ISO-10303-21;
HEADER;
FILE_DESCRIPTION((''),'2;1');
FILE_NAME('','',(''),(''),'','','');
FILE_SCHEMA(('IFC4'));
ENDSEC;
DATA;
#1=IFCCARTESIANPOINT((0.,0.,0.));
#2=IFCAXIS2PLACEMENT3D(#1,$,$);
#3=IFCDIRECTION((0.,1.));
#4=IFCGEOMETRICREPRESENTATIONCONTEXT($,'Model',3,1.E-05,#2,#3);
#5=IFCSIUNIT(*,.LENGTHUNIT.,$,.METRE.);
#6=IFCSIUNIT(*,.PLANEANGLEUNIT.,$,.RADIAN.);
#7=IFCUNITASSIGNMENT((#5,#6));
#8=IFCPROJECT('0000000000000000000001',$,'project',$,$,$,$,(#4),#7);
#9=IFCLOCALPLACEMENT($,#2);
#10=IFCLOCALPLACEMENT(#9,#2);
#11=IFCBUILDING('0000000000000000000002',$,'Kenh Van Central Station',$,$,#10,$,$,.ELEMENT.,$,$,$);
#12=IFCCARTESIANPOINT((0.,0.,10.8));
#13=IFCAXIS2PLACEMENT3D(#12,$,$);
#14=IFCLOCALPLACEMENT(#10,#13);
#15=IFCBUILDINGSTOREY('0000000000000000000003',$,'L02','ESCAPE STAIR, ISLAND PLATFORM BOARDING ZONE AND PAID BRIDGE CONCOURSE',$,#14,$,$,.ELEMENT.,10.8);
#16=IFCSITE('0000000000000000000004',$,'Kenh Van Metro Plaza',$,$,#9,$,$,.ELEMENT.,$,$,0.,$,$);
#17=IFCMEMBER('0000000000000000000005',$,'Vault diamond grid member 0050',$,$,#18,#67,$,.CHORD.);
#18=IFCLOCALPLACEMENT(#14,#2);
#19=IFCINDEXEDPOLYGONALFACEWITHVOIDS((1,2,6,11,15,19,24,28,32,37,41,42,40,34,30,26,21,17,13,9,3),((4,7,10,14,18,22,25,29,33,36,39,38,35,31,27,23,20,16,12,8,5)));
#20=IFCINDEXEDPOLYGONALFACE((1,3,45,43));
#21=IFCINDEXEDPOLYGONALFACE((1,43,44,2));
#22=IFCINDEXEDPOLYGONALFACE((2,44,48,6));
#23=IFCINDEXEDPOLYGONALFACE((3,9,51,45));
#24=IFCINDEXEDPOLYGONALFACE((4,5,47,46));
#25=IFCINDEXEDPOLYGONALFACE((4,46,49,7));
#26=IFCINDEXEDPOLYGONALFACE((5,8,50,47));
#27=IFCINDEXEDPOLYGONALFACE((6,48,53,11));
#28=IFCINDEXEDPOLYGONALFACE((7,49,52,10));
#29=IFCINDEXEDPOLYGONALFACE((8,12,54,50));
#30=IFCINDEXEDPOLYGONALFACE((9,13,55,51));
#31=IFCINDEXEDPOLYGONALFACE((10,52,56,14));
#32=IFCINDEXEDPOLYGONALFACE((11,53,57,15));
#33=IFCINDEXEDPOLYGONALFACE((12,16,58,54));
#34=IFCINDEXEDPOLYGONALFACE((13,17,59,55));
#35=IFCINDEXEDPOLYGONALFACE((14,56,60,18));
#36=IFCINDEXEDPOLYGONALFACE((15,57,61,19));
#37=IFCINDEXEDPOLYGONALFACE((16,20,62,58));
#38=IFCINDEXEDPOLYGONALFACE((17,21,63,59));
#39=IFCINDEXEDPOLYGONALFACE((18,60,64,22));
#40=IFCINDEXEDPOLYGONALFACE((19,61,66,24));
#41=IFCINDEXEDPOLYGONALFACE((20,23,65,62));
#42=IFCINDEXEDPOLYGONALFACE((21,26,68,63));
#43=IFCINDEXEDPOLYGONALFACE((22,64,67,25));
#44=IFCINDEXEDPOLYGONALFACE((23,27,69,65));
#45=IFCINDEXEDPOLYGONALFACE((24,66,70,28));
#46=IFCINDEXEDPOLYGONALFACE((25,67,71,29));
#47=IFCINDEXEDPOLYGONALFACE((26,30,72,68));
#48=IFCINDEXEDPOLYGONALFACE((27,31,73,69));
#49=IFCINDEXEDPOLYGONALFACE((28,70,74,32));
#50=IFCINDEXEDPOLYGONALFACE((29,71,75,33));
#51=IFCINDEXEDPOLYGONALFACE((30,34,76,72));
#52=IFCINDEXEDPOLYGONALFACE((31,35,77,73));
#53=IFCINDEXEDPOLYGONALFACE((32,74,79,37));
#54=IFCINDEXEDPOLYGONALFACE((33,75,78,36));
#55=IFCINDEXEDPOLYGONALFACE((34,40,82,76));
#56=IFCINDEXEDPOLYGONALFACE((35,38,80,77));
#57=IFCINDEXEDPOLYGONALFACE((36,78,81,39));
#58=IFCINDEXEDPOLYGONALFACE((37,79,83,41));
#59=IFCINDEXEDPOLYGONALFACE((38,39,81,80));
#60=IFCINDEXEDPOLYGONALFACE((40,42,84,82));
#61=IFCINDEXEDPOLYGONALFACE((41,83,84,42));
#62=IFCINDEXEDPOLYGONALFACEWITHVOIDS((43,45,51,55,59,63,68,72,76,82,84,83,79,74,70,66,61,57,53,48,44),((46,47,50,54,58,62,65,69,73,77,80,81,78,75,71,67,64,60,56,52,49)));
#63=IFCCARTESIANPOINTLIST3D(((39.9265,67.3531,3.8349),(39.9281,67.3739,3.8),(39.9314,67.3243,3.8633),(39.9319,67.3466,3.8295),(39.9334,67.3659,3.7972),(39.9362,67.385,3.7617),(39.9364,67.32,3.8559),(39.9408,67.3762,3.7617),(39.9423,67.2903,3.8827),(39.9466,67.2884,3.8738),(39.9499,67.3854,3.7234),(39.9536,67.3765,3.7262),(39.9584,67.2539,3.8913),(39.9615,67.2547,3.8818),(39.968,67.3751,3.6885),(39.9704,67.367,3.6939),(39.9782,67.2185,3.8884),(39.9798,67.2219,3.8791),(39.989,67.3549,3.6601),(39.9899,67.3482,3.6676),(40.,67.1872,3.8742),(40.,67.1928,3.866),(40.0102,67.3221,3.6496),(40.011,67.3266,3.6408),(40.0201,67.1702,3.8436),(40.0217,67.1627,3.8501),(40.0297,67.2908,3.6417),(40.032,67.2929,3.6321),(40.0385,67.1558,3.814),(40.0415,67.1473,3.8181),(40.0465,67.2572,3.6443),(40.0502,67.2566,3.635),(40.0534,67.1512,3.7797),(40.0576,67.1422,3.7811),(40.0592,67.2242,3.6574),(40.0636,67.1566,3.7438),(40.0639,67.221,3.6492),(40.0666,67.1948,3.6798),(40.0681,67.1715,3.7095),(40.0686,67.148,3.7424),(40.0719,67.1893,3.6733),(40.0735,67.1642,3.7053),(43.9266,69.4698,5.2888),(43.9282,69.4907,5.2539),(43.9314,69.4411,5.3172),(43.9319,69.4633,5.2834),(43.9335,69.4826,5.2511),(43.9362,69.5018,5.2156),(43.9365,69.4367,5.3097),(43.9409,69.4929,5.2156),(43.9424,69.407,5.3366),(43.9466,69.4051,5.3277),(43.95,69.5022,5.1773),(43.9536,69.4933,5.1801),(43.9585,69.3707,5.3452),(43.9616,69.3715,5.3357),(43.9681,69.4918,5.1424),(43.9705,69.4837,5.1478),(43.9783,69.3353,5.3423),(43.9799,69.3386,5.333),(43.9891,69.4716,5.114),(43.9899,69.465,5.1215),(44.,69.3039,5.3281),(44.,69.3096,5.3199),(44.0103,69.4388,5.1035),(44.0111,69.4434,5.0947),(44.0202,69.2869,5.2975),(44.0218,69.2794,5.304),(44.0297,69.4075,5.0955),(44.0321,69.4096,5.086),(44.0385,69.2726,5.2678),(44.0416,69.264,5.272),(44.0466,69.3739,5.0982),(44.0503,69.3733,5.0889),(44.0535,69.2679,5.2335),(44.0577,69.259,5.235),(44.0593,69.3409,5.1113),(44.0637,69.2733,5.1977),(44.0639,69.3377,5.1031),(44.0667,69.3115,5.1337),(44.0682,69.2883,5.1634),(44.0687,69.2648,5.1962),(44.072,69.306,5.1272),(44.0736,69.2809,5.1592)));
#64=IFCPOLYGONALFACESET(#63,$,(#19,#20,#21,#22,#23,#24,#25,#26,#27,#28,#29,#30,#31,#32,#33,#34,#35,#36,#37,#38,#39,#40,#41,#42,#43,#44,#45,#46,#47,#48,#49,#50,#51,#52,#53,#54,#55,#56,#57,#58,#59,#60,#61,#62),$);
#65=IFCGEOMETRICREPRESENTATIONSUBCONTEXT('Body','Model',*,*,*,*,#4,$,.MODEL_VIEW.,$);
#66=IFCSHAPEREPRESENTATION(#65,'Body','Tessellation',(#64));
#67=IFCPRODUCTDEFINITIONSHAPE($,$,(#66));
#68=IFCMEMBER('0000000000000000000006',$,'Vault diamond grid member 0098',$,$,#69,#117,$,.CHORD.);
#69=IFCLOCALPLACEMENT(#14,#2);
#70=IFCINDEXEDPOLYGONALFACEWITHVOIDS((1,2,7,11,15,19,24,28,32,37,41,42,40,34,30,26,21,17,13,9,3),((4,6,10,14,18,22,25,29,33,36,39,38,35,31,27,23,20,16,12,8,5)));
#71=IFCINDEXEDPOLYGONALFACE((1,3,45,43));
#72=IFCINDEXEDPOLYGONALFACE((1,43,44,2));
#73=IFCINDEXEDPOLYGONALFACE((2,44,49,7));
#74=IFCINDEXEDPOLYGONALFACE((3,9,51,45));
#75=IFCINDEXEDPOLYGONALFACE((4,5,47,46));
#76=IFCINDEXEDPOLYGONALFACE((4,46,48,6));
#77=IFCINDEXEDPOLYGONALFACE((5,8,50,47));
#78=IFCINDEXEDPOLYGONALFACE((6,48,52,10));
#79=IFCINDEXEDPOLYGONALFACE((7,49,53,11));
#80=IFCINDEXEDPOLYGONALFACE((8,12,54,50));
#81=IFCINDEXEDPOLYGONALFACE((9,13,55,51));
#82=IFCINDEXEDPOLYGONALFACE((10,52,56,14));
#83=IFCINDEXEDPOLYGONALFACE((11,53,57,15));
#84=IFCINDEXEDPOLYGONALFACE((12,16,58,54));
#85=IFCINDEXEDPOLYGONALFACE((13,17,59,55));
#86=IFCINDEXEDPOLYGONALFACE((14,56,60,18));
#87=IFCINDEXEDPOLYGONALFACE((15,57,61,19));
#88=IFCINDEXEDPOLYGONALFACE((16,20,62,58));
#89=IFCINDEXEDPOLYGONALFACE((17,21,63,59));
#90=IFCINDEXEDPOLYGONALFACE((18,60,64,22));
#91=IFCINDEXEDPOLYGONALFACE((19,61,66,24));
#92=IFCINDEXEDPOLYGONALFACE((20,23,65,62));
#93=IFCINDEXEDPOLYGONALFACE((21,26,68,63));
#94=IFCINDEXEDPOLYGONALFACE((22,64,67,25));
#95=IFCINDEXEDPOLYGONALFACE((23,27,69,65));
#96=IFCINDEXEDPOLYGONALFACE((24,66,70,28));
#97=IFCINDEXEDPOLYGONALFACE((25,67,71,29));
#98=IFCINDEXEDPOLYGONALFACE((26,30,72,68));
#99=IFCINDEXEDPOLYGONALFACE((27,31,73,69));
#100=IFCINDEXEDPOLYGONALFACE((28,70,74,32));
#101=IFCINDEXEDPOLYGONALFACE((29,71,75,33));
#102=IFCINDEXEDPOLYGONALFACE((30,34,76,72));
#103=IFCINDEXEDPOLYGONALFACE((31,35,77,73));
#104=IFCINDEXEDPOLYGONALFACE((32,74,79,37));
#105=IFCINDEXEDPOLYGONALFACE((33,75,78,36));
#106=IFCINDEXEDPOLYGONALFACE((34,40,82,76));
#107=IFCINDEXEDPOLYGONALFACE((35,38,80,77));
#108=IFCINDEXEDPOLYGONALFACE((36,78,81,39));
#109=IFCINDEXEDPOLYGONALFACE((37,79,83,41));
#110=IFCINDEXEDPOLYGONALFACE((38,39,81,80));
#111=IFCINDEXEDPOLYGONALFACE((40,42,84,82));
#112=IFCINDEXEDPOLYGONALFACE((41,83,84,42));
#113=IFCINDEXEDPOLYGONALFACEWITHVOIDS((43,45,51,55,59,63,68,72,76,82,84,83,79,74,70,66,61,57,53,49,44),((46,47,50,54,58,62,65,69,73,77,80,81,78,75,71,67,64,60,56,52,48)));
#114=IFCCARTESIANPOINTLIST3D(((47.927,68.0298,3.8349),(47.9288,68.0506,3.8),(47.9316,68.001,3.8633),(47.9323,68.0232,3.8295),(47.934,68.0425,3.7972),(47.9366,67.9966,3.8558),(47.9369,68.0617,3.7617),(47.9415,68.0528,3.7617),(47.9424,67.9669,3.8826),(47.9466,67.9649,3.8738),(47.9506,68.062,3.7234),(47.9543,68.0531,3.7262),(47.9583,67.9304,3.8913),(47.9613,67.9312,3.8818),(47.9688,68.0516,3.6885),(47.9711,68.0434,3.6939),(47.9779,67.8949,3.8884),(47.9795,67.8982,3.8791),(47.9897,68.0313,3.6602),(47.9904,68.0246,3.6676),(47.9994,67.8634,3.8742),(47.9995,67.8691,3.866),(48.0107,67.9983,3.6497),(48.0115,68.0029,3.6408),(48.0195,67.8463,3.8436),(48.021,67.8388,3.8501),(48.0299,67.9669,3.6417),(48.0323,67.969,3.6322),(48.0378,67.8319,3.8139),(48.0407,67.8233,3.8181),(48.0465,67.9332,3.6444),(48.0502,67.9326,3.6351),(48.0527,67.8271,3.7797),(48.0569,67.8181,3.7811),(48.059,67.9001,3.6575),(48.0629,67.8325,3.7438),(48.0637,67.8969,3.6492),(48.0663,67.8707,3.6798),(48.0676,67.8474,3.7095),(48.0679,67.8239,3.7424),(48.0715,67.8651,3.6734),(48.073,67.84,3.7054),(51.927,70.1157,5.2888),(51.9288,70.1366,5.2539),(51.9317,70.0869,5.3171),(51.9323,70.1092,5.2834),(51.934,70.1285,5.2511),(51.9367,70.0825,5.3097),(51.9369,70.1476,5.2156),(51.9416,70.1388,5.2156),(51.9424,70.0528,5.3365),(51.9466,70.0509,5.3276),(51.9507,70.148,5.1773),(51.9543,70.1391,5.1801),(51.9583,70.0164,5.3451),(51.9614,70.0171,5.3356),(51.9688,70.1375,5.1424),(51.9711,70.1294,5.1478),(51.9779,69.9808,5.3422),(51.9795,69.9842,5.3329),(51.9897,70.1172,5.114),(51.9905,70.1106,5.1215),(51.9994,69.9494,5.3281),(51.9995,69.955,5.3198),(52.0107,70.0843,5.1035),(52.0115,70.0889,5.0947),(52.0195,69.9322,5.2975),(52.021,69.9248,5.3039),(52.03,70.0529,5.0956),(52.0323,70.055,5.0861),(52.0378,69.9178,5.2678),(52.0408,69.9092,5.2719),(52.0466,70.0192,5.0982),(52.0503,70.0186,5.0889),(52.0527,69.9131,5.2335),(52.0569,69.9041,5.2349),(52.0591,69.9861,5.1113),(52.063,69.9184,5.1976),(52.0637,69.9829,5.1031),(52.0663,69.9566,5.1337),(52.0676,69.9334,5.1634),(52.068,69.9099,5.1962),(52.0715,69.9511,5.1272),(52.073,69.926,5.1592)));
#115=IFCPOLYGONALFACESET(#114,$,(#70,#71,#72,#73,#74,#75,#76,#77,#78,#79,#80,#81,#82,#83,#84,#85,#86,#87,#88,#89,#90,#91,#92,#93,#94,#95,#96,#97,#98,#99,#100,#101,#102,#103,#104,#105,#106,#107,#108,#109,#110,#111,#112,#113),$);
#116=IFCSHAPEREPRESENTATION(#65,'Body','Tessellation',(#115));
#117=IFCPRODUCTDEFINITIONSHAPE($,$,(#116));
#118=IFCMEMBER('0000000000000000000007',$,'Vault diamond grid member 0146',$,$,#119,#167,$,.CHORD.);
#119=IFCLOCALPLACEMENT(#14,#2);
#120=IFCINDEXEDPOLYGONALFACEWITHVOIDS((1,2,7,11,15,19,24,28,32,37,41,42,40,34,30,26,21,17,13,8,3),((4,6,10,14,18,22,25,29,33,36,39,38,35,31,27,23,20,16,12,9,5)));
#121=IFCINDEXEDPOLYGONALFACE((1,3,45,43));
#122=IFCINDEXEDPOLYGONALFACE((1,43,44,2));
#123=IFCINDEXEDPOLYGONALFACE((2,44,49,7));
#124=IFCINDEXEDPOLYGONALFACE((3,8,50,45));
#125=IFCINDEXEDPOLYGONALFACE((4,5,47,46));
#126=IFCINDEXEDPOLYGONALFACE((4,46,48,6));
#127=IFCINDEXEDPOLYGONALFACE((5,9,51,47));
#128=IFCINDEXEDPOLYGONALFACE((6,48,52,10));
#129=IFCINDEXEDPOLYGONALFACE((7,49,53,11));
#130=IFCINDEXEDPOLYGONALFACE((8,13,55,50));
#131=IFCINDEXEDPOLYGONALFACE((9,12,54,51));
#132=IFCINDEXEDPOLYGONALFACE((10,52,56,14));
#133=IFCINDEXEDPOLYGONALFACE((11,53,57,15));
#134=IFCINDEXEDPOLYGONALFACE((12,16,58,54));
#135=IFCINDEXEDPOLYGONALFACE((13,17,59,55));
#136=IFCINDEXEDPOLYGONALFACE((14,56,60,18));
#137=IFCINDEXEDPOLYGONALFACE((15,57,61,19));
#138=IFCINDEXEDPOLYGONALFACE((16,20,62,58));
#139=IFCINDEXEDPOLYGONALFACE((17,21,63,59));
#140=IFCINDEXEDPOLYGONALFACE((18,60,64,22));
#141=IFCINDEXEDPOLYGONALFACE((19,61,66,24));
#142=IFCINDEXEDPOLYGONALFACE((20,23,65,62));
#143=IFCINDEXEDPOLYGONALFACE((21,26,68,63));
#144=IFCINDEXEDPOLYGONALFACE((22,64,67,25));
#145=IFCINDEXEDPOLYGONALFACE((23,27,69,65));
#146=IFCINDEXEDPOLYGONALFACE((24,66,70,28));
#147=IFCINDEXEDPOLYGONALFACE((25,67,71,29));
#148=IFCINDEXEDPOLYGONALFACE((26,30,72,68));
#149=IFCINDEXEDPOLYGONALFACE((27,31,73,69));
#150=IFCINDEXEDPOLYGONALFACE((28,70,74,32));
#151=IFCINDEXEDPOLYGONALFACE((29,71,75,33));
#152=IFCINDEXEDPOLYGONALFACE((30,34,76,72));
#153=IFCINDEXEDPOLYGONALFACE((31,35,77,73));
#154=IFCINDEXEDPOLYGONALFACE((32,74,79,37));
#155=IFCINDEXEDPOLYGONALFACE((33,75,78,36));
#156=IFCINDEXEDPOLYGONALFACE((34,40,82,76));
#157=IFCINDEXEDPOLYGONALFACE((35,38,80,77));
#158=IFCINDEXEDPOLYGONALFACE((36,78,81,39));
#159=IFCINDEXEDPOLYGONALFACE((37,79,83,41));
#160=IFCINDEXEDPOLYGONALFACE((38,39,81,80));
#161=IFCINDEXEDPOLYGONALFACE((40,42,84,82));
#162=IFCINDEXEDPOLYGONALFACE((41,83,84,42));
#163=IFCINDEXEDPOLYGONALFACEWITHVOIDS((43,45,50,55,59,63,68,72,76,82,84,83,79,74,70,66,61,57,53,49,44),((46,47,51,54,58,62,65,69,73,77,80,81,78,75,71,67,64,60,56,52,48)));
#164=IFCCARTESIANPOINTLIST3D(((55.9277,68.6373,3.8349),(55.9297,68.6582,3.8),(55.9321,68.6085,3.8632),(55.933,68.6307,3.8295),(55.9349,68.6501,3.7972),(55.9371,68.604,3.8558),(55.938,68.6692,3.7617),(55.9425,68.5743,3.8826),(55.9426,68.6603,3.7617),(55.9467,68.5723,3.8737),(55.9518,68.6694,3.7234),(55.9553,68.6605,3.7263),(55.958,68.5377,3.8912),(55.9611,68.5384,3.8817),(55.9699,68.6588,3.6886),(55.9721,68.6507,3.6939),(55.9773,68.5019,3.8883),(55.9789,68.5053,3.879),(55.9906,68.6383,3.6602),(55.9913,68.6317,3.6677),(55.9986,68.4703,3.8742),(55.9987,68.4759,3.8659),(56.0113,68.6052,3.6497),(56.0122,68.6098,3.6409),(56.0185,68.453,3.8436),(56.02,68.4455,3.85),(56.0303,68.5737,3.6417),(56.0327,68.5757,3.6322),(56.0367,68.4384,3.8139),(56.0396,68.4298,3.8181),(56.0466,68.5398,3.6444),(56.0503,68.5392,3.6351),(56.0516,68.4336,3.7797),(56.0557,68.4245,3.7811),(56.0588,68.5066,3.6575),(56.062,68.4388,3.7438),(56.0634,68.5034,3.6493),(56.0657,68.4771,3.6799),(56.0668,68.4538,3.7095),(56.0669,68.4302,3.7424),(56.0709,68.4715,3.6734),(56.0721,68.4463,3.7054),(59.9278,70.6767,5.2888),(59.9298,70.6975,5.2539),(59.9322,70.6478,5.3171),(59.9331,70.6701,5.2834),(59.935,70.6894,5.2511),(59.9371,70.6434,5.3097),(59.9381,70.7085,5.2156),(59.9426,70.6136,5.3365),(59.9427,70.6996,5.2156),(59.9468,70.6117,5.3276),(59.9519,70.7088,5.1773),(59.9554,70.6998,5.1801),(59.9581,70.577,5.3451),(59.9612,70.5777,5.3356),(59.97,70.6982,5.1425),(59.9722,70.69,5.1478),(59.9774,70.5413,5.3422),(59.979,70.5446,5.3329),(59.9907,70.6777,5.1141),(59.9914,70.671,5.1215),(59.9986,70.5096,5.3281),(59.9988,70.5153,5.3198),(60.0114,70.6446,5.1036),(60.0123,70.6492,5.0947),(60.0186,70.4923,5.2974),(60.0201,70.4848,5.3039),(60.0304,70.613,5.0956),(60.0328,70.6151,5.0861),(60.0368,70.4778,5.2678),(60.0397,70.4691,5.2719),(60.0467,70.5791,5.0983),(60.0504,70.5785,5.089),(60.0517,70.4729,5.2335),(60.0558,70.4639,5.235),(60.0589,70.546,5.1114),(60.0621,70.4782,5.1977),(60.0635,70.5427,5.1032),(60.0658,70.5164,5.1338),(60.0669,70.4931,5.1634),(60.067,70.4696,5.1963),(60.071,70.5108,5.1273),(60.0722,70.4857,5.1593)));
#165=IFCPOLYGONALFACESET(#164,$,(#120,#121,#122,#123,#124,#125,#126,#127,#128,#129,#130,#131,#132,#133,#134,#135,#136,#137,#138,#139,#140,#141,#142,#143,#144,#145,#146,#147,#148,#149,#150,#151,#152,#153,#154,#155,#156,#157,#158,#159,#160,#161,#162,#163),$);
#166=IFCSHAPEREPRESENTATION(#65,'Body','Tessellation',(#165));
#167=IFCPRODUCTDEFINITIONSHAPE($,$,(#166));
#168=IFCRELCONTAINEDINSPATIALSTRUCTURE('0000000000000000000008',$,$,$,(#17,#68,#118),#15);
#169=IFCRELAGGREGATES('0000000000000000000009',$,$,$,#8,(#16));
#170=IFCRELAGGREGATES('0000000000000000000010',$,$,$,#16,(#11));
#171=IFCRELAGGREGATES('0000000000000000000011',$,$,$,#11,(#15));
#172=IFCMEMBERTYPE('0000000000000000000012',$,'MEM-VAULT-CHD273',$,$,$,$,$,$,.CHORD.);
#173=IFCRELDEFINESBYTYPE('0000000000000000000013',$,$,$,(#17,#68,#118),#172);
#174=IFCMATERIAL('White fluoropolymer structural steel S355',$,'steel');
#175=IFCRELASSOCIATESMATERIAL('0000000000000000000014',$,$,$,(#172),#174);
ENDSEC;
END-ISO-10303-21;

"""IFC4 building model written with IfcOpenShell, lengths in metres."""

from ifc_helpers import new_model, si_unit, direction, frame, origin, origin_2d, place, context, subcontext, project, spatial, hollow_circle, extrude, material, material_profile, profile_set, type_object, element, save


model = new_model("IFC4")

# Units and contexts
model_context = context("Model", 3, precision=1e-05, world=origin(), true_north=direction((0.0, 1.0)))
body_context = subcontext(model_context, "Body", "Model", "MODEL_VIEW")
ifc_project = project(units=[si_unit("LENGTHUNIT", "METRE"), si_unit("PLANEANGLEUNIT", "RADIAN")], contexts=[model_context])

# Site, building, storey
site_placement = place(None, origin())
site = spatial("IfcSite", under=ifc_project, at=site_placement, Name="Kenh Van Metro Plaza", CompositionType="ELEMENT", RefElevation=0.0)
building_placement = place(site_placement, origin())
building = spatial("IfcBuilding", under=site, at=building_placement, Name="Kenh Van Central Station", CompositionType="ELEMENT")
storey_placement = place(building_placement, frame((0.0, 0.0, 10.8)))
storey = spatial("IfcBuildingStorey", under=building, at=storey_placement, Name="L02", Description="ESCAPE STAIR, ISLAND PLATFORM BOARDING ZONE AND PAID BRIDGE CONCOURSE", CompositionType="ELEMENT", Elevation=10.8)

# Shared definitions
ifc_material_1 = material(Name="White fluoropolymer structural steel S355", Category="steel")

# Members
ifc_material_profile_1 = material_profile(ifc_material_1, hollow_circle(Radius=0.1365, WallThickness=0.01, at=origin_2d()), Name="CHS 273x10")
ifc_profile_set_1 = profile_set([ifc_material_profile_1], Name="White fluoropolymer structural steel S355")
member_type_1 = type_object("IfcMemberType", Name="MEM-VAULT-CHD273", PredefinedType="CHORD", material=ifc_profile_set_1)
member_1_placement = place(storey_placement, frame((40.0, 67.2644, 3.7617), z_axis=(0.841516, 0.445309, 0.305861), x_axis=(-0.467724, 0.883875, 0.0)))
element("IfcMember", 1, at=member_1_placement, inside=storey, type_object=member_type_1, Name="Vault diamond grid member 0050", PredefinedType="CHORD", context=body_context, shape_type="SweptSolid", body=[
    extrude(hollow_circle(Radius=0.1365, WallThickness=0.01, at=origin_2d()), origin(), (0.0, 0.0, 1.0), 4.7534),
])
member_2_placement = place(storey_placement, frame((48.0, 67.9407, 3.7617), z_axis=(0.843934, 0.440098, 0.30674), x_axis=(-0.462388, 0.886677, 0.0)))
element("IfcMember", 2, at=member_2_placement, inside=storey, type_object=member_type_1, Name="Vault diamond grid member 0098", PredefinedType="CHORD", context=body_context, shape_type="SweptSolid", body=[
    extrude(hollow_circle(Radius=0.1365, WallThickness=0.01, at=origin_2d()), origin(), (0.0, 0.0, 1.0), 4.7397),
])
member_3_placement = place(storey_placement, frame((56.0, 68.5476, 3.7617), z_axis=(0.84757, 0.432114, 0.308062), x_axis=(-0.454204, 0.890898, 0.0)))
element("IfcMember", 3, at=member_3_placement, inside=storey, type_object=member_type_1, Name="Vault diamond grid member 0146", PredefinedType="CHORD", context=body_context, shape_type="SweptSolid", body=[
    extrude(hollow_circle(Radius=0.1365, WallThickness=0.01, at=origin_2d()), origin(), (0.0, 0.0, 1.0), 4.7195),
])

save(model, "model.ifc")
